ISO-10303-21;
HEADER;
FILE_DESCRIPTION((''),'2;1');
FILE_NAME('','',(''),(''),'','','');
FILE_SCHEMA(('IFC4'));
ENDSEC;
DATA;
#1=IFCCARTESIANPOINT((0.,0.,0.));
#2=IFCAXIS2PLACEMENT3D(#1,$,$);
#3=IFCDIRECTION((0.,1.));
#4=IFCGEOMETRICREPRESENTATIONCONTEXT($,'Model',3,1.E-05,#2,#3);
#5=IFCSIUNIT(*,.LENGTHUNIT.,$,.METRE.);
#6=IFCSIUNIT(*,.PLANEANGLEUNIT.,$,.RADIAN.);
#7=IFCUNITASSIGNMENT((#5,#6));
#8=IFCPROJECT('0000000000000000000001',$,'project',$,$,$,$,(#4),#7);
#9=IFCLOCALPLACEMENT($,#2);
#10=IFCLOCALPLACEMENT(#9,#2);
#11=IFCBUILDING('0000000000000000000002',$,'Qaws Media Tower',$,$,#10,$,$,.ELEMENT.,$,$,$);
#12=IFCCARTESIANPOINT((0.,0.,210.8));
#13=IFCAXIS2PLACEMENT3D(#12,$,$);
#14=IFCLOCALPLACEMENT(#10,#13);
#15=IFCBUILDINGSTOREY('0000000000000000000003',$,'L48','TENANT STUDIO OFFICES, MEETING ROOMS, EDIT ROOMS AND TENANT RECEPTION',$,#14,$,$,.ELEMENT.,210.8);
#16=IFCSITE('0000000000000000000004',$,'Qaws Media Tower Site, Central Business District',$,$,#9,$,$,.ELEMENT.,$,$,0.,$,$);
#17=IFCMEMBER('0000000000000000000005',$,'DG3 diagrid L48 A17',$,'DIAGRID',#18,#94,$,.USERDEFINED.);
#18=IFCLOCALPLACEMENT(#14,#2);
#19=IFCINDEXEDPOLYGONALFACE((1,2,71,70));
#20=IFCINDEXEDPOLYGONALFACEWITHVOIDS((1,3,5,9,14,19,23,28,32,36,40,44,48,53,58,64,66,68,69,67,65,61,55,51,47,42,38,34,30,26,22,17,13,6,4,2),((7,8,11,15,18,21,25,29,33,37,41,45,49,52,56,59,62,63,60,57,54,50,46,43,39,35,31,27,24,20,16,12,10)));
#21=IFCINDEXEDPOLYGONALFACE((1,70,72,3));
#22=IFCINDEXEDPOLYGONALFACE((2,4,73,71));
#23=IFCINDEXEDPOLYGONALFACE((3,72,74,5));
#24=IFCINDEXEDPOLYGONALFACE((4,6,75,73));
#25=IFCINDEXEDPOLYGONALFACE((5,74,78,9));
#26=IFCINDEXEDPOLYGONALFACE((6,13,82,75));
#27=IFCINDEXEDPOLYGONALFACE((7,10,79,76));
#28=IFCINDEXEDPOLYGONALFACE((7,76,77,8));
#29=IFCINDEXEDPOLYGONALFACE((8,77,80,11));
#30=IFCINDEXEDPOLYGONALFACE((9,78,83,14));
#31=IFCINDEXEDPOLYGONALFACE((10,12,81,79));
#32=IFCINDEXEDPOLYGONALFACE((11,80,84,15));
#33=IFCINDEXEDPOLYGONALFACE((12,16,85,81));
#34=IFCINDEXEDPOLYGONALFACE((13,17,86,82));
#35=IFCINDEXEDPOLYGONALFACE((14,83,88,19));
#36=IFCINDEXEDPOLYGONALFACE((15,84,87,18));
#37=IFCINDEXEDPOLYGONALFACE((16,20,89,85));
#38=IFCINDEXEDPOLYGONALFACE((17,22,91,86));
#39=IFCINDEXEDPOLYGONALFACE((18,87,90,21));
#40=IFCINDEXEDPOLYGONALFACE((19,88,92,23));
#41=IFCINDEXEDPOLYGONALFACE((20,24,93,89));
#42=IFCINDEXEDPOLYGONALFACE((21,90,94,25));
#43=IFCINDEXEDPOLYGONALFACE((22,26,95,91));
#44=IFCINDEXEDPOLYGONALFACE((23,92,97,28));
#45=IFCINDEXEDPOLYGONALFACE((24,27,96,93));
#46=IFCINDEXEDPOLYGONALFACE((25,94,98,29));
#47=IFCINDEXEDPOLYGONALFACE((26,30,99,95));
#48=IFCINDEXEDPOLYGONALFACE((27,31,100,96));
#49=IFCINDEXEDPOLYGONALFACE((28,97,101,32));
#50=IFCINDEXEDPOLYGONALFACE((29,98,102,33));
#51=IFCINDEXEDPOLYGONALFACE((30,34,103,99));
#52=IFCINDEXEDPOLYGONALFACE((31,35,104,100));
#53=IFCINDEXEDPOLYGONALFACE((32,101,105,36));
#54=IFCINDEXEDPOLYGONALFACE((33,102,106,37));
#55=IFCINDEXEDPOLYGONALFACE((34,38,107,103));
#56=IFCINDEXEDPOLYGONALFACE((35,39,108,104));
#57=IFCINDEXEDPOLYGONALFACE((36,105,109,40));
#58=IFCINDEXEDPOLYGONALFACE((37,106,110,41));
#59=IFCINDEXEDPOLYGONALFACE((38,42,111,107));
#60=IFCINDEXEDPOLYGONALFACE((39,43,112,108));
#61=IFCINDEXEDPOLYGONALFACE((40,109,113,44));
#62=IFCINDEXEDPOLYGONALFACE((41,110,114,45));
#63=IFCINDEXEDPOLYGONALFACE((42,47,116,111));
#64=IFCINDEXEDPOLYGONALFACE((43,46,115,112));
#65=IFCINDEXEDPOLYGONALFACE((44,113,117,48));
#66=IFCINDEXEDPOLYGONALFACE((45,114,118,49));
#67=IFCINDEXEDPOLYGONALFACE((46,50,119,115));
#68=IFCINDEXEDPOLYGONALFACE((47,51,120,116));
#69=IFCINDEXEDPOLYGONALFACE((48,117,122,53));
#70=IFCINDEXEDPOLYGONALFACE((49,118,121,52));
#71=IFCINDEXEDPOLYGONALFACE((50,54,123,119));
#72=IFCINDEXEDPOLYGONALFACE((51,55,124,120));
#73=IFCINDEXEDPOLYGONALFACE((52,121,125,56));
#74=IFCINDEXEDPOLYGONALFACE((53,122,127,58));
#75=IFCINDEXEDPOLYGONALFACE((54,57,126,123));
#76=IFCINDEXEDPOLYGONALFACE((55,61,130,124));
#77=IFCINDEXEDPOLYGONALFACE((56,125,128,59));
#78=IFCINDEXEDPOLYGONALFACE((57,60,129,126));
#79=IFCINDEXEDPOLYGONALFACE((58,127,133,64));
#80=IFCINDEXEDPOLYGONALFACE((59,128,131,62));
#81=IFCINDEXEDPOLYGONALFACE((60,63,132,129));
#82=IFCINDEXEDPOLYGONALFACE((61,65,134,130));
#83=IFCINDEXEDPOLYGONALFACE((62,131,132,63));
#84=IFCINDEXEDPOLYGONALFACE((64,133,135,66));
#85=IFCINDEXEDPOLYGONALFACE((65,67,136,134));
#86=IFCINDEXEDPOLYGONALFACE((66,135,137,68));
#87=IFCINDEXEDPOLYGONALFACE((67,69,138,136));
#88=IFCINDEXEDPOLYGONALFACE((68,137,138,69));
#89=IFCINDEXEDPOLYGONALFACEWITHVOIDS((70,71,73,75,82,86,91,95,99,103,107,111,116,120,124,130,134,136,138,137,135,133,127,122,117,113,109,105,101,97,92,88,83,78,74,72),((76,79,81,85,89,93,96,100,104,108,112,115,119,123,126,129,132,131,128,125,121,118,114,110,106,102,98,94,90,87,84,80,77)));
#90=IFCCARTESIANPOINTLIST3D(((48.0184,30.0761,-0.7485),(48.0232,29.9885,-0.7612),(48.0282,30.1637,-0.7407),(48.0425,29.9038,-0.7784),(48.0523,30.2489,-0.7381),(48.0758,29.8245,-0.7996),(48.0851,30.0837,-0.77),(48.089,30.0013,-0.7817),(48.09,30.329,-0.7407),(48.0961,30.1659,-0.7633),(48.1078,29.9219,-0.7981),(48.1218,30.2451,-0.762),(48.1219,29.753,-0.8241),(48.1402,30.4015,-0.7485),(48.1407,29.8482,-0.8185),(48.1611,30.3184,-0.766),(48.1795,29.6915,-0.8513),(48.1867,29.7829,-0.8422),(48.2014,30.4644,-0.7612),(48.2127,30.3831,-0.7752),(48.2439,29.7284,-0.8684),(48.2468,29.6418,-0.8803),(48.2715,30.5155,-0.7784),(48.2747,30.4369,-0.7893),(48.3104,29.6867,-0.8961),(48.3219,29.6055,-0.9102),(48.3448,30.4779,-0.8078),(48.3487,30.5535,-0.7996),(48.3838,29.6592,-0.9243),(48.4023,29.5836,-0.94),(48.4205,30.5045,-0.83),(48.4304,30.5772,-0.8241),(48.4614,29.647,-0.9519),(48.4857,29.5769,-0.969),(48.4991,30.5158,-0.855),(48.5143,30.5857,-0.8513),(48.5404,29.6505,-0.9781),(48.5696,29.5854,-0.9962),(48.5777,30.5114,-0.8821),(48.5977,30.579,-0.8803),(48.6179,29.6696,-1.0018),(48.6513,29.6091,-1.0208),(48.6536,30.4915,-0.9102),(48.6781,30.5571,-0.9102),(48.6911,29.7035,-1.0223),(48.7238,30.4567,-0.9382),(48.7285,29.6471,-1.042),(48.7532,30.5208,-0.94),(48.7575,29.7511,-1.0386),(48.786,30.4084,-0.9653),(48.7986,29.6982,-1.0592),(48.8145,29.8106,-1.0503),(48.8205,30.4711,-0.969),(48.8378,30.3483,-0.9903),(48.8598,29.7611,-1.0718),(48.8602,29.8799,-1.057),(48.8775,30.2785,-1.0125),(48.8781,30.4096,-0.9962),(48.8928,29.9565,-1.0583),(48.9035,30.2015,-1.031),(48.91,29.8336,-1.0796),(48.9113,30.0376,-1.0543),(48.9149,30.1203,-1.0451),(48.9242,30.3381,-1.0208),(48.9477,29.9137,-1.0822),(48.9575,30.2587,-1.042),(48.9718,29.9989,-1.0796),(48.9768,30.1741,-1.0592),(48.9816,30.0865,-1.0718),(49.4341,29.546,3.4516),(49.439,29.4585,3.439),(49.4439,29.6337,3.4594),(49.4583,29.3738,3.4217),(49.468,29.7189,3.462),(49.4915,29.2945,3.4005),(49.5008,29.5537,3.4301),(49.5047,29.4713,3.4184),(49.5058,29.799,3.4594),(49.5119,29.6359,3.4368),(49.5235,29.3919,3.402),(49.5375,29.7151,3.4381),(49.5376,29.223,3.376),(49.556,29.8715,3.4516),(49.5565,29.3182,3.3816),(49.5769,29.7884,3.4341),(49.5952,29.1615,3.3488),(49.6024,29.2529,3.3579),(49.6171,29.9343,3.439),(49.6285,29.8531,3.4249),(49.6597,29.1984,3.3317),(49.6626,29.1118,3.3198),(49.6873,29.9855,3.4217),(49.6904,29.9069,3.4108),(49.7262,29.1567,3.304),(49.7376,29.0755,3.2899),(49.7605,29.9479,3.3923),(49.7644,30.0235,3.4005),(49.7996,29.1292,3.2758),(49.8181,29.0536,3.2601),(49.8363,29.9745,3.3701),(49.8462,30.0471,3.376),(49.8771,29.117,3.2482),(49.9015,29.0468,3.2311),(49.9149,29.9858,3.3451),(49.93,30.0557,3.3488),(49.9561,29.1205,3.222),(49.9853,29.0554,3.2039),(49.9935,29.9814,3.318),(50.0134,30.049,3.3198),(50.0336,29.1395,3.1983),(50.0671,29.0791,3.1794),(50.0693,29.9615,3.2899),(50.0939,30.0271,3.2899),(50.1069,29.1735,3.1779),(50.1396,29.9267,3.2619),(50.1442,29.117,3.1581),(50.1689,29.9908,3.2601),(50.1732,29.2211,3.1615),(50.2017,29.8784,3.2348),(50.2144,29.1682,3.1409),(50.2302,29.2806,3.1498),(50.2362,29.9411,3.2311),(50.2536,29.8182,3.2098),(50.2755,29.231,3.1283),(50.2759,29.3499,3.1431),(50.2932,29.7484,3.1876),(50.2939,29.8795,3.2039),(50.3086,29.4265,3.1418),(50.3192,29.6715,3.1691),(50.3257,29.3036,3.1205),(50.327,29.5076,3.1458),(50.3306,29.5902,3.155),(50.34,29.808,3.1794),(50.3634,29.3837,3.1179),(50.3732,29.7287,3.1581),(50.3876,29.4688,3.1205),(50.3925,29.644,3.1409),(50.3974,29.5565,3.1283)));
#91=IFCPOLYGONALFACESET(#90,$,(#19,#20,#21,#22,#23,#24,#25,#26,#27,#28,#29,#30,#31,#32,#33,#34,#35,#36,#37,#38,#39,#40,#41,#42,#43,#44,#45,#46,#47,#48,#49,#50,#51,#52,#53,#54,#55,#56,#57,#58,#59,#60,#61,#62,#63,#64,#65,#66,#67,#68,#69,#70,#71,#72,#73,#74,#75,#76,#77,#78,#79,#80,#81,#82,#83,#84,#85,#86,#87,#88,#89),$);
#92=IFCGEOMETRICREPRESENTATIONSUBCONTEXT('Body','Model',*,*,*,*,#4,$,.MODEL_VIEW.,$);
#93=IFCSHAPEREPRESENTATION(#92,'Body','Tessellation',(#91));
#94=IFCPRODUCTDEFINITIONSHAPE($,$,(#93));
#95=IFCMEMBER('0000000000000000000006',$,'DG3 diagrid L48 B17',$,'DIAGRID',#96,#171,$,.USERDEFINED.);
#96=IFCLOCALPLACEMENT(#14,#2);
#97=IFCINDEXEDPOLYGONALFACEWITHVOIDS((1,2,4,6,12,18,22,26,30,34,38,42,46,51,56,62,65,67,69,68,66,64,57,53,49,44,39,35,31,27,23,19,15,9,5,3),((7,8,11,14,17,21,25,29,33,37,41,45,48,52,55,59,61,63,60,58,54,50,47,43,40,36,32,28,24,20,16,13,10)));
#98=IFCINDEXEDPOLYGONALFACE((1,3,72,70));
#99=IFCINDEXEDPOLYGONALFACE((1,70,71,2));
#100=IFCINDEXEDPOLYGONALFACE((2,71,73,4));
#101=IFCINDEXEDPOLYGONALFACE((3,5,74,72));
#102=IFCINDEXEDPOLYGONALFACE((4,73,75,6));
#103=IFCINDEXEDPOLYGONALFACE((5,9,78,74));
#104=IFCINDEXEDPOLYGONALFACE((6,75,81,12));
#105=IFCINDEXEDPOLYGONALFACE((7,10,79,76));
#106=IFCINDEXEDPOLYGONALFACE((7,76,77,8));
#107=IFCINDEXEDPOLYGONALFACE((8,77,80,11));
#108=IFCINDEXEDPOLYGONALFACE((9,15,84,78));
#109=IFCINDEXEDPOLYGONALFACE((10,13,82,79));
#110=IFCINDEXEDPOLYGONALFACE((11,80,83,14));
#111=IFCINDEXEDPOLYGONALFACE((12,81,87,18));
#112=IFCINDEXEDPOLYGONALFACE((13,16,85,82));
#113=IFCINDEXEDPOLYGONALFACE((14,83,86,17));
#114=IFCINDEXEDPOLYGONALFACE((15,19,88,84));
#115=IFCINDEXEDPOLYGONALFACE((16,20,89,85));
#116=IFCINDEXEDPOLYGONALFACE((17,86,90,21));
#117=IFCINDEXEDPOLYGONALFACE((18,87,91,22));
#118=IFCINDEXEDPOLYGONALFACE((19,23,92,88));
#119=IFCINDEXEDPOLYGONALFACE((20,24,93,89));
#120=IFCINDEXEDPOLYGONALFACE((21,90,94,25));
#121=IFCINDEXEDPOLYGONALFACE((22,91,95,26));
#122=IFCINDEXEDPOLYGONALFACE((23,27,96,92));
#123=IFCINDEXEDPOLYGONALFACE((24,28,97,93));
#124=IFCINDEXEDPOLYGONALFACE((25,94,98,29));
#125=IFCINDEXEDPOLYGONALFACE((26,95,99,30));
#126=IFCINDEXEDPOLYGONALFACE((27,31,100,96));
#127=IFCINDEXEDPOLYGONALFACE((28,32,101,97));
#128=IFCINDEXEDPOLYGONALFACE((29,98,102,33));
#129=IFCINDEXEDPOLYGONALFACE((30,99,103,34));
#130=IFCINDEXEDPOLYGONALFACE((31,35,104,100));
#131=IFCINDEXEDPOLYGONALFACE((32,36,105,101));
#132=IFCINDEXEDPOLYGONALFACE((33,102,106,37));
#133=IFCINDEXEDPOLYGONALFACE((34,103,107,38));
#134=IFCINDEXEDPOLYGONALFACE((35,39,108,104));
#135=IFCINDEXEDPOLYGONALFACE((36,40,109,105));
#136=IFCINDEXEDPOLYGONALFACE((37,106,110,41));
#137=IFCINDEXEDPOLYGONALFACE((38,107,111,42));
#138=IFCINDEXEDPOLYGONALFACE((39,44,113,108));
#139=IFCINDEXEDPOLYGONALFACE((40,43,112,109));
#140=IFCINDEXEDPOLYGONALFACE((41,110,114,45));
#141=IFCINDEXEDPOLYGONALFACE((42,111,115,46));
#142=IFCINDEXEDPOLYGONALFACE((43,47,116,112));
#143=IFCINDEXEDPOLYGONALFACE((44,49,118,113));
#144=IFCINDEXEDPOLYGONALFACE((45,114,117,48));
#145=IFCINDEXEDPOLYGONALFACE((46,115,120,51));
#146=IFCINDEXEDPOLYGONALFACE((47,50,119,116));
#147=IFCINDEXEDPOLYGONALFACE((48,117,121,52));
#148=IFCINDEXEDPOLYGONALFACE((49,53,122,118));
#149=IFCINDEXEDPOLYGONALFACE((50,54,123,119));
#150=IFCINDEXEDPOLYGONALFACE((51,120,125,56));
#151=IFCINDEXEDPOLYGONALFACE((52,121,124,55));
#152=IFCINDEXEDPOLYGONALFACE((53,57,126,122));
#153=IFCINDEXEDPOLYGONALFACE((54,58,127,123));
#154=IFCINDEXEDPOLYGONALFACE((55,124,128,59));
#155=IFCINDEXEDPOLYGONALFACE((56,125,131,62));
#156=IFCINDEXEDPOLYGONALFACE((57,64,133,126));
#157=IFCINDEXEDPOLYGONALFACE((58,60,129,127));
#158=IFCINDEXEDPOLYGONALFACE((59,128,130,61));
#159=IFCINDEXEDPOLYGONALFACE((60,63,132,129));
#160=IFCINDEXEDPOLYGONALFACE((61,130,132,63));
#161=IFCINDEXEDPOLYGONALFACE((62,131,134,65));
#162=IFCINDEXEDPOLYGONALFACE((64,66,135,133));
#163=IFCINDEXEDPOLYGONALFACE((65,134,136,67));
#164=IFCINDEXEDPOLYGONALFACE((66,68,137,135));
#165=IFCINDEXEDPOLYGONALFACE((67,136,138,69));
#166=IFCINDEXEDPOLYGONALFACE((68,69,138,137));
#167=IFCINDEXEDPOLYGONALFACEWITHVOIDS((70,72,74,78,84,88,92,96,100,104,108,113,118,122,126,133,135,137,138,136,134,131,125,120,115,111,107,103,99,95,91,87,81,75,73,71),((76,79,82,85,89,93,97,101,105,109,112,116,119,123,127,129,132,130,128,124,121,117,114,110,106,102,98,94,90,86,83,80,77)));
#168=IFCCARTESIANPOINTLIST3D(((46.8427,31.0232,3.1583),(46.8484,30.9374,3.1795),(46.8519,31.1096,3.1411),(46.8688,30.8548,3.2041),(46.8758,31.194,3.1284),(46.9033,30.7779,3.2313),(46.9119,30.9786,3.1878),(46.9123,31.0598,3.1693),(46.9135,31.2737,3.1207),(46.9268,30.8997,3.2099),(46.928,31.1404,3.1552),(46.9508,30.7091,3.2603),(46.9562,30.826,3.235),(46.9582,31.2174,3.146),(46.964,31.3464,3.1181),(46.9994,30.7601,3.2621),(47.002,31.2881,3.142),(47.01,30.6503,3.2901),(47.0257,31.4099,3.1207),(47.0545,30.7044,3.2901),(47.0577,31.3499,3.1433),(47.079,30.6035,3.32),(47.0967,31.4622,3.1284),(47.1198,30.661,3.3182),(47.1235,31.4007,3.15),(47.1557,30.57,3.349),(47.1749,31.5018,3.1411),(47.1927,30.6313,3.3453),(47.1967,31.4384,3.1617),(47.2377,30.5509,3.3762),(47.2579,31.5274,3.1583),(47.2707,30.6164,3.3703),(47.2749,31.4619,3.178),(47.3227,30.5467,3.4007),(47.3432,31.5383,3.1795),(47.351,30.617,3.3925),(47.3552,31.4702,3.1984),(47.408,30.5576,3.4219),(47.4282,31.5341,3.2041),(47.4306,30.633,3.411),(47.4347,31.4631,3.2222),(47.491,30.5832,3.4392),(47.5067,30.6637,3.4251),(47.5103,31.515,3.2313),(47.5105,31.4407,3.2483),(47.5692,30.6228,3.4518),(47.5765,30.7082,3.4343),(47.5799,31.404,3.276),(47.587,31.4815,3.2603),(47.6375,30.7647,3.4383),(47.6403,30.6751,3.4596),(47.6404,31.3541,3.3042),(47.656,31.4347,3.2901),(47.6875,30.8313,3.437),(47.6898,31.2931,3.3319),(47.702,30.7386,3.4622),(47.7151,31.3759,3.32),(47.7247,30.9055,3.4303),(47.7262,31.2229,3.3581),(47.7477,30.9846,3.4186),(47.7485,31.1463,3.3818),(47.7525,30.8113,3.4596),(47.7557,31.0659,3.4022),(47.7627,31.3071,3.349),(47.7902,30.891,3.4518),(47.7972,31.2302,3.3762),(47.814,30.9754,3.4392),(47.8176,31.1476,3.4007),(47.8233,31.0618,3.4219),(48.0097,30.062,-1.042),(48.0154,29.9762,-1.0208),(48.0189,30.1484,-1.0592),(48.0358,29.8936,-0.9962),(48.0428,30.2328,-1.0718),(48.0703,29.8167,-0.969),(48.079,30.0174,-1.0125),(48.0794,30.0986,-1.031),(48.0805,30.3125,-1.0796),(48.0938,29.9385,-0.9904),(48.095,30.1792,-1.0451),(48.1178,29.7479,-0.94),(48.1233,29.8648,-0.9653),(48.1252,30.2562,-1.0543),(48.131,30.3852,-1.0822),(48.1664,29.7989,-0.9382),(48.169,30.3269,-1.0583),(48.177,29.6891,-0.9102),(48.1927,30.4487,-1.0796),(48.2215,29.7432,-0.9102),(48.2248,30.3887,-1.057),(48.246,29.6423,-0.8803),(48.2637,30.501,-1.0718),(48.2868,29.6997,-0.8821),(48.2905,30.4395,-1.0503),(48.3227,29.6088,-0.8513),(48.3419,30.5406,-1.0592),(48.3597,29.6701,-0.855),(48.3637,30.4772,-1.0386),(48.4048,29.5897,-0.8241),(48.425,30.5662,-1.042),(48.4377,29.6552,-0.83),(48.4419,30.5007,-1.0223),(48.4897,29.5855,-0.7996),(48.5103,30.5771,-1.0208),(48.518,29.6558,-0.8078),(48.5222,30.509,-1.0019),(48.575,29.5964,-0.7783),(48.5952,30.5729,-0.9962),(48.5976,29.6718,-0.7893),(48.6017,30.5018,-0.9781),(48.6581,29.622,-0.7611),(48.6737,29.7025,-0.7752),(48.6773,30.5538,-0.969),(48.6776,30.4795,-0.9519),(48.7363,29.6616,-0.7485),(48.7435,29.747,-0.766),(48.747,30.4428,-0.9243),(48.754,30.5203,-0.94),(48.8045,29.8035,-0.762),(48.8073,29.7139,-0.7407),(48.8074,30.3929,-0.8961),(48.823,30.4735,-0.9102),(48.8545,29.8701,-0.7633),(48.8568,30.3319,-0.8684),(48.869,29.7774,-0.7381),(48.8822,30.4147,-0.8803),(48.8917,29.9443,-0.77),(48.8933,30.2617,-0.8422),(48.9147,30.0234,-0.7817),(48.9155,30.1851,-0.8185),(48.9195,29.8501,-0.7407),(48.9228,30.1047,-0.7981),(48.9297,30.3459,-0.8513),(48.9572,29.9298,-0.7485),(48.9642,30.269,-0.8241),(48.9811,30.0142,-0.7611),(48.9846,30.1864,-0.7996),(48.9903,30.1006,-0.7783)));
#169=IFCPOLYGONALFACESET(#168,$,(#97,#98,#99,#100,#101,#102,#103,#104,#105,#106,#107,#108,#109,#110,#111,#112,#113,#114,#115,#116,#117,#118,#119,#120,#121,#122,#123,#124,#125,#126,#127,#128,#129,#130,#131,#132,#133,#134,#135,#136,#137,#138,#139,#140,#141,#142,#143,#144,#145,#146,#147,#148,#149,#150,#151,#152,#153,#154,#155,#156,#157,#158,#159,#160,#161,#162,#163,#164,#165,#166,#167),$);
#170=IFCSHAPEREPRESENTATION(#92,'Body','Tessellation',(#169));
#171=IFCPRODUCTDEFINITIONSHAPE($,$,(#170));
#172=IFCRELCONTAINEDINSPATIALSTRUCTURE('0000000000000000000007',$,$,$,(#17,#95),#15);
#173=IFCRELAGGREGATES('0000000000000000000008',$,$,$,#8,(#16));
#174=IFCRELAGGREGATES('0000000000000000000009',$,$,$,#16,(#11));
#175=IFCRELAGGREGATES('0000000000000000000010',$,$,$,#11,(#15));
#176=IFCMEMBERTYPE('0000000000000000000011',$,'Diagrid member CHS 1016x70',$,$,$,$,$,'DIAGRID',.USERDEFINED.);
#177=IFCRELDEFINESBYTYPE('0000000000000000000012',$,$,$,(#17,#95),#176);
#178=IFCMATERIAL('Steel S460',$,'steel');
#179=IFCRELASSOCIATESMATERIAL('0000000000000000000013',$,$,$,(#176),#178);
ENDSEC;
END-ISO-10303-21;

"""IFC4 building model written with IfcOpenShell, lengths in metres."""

from ifc_helpers import new_model, si_unit, direction, frame, origin, origin_2d, place, context, subcontext, project, spatial, hollow_circle, extrude, material, material_profile, profile_set, type_object, element, save


model = new_model("IFC4")

# Units and contexts
model_context = context("Model", 3, precision=1e-05, world=origin(), true_north=direction((0.0, 1.0)))
body_context = subcontext(model_context, "Body", "Model", "MODEL_VIEW")
ifc_project = project(units=[si_unit("LENGTHUNIT", "METRE"), si_unit("PLANEANGLEUNIT", "RADIAN")], contexts=[model_context])

# Site, building, storey
site_placement = place(None, origin())
site = spatial("IfcSite", under=ifc_project, at=site_placement, Name="Qaws Media Tower Site, Central Business District", CompositionType="ELEMENT", RefElevation=0.0)
building_placement = place(site_placement, origin())
building = spatial("IfcBuilding", under=site, at=building_placement, Name="Qaws Media Tower", CompositionType="ELEMENT")
storey_placement = place(building_placement, frame((0.0, 0.0, 210.8)))
storey = spatial("IfcBuildingStorey", under=building, at=storey_placement, Name="L48", Description="TENANT STUDIO OFFICES, MEETING ROOMS, EDIT ROOMS AND TENANT RECEPTION", CompositionType="ELEMENT", Elevation=210.8)

# Members
ifc_material_1 = material(Name="Steel S460", Category="steel")
ifc_material_profile_1 = material_profile(ifc_material_1, hollow_circle(Radius=0.5081, WallThickness=0.0701, at=origin_2d()), Name="CHS 1016x70")
ifc_profile_set_1 = profile_set([ifc_material_profile_1], Name="Steel S460")
member_type_1 = type_object("IfcMemberType", Name="Diagrid member CHS 1016x70", ElementType="DIAGRID", PredefinedType="USERDEFINED", material=ifc_profile_set_1)
for number, where, z_axis, x_axis, name in (
    (1, (48.5, 30.0813, -0.9102), (0.317156, -0.118735, 0.940911), (0.35061, 0.936522, 0.0), "DG3 diagrid L48 A17"),
):
    element("IfcMember", number, at=place(storey_placement, frame(where, z_axis=z_axis, x_axis=x_axis)), inside=storey, type_object=member_type_1, Name=name, ObjectType="DIAGRID", PredefinedType="USERDEFINED", context=body_context, shape_type="SweptSolid", body=[
        extrude(hollow_circle(Radius=0.5081, WallThickness=0.0701, at=origin_2d()), origin(), (0.0, 0.0, 1.0), 4.4639),
    ])
for number, where, z_axis, x_axis, name in (
    (2, (48.5, 30.0813, -0.9102), (-0.261422, 0.215318, 0.940902), (-0.635758, -0.771888, 0.0), "DG3 diagrid L48 B17"),
):
    element("IfcMember", number, at=place(storey_placement, frame(where, z_axis=z_axis, x_axis=x_axis)), inside=storey, type_object=member_type_1, Name=name, ObjectType="DIAGRID", PredefinedType="USERDEFINED", context=body_context, shape_type="SweptSolid", body=[
        extrude(hollow_circle(Radius=0.5081, WallThickness=0.0701, at=origin_2d()), origin(), (0.0, 0.0, 1.0), 4.4641),
    ])

save(model, "model.ifc")
